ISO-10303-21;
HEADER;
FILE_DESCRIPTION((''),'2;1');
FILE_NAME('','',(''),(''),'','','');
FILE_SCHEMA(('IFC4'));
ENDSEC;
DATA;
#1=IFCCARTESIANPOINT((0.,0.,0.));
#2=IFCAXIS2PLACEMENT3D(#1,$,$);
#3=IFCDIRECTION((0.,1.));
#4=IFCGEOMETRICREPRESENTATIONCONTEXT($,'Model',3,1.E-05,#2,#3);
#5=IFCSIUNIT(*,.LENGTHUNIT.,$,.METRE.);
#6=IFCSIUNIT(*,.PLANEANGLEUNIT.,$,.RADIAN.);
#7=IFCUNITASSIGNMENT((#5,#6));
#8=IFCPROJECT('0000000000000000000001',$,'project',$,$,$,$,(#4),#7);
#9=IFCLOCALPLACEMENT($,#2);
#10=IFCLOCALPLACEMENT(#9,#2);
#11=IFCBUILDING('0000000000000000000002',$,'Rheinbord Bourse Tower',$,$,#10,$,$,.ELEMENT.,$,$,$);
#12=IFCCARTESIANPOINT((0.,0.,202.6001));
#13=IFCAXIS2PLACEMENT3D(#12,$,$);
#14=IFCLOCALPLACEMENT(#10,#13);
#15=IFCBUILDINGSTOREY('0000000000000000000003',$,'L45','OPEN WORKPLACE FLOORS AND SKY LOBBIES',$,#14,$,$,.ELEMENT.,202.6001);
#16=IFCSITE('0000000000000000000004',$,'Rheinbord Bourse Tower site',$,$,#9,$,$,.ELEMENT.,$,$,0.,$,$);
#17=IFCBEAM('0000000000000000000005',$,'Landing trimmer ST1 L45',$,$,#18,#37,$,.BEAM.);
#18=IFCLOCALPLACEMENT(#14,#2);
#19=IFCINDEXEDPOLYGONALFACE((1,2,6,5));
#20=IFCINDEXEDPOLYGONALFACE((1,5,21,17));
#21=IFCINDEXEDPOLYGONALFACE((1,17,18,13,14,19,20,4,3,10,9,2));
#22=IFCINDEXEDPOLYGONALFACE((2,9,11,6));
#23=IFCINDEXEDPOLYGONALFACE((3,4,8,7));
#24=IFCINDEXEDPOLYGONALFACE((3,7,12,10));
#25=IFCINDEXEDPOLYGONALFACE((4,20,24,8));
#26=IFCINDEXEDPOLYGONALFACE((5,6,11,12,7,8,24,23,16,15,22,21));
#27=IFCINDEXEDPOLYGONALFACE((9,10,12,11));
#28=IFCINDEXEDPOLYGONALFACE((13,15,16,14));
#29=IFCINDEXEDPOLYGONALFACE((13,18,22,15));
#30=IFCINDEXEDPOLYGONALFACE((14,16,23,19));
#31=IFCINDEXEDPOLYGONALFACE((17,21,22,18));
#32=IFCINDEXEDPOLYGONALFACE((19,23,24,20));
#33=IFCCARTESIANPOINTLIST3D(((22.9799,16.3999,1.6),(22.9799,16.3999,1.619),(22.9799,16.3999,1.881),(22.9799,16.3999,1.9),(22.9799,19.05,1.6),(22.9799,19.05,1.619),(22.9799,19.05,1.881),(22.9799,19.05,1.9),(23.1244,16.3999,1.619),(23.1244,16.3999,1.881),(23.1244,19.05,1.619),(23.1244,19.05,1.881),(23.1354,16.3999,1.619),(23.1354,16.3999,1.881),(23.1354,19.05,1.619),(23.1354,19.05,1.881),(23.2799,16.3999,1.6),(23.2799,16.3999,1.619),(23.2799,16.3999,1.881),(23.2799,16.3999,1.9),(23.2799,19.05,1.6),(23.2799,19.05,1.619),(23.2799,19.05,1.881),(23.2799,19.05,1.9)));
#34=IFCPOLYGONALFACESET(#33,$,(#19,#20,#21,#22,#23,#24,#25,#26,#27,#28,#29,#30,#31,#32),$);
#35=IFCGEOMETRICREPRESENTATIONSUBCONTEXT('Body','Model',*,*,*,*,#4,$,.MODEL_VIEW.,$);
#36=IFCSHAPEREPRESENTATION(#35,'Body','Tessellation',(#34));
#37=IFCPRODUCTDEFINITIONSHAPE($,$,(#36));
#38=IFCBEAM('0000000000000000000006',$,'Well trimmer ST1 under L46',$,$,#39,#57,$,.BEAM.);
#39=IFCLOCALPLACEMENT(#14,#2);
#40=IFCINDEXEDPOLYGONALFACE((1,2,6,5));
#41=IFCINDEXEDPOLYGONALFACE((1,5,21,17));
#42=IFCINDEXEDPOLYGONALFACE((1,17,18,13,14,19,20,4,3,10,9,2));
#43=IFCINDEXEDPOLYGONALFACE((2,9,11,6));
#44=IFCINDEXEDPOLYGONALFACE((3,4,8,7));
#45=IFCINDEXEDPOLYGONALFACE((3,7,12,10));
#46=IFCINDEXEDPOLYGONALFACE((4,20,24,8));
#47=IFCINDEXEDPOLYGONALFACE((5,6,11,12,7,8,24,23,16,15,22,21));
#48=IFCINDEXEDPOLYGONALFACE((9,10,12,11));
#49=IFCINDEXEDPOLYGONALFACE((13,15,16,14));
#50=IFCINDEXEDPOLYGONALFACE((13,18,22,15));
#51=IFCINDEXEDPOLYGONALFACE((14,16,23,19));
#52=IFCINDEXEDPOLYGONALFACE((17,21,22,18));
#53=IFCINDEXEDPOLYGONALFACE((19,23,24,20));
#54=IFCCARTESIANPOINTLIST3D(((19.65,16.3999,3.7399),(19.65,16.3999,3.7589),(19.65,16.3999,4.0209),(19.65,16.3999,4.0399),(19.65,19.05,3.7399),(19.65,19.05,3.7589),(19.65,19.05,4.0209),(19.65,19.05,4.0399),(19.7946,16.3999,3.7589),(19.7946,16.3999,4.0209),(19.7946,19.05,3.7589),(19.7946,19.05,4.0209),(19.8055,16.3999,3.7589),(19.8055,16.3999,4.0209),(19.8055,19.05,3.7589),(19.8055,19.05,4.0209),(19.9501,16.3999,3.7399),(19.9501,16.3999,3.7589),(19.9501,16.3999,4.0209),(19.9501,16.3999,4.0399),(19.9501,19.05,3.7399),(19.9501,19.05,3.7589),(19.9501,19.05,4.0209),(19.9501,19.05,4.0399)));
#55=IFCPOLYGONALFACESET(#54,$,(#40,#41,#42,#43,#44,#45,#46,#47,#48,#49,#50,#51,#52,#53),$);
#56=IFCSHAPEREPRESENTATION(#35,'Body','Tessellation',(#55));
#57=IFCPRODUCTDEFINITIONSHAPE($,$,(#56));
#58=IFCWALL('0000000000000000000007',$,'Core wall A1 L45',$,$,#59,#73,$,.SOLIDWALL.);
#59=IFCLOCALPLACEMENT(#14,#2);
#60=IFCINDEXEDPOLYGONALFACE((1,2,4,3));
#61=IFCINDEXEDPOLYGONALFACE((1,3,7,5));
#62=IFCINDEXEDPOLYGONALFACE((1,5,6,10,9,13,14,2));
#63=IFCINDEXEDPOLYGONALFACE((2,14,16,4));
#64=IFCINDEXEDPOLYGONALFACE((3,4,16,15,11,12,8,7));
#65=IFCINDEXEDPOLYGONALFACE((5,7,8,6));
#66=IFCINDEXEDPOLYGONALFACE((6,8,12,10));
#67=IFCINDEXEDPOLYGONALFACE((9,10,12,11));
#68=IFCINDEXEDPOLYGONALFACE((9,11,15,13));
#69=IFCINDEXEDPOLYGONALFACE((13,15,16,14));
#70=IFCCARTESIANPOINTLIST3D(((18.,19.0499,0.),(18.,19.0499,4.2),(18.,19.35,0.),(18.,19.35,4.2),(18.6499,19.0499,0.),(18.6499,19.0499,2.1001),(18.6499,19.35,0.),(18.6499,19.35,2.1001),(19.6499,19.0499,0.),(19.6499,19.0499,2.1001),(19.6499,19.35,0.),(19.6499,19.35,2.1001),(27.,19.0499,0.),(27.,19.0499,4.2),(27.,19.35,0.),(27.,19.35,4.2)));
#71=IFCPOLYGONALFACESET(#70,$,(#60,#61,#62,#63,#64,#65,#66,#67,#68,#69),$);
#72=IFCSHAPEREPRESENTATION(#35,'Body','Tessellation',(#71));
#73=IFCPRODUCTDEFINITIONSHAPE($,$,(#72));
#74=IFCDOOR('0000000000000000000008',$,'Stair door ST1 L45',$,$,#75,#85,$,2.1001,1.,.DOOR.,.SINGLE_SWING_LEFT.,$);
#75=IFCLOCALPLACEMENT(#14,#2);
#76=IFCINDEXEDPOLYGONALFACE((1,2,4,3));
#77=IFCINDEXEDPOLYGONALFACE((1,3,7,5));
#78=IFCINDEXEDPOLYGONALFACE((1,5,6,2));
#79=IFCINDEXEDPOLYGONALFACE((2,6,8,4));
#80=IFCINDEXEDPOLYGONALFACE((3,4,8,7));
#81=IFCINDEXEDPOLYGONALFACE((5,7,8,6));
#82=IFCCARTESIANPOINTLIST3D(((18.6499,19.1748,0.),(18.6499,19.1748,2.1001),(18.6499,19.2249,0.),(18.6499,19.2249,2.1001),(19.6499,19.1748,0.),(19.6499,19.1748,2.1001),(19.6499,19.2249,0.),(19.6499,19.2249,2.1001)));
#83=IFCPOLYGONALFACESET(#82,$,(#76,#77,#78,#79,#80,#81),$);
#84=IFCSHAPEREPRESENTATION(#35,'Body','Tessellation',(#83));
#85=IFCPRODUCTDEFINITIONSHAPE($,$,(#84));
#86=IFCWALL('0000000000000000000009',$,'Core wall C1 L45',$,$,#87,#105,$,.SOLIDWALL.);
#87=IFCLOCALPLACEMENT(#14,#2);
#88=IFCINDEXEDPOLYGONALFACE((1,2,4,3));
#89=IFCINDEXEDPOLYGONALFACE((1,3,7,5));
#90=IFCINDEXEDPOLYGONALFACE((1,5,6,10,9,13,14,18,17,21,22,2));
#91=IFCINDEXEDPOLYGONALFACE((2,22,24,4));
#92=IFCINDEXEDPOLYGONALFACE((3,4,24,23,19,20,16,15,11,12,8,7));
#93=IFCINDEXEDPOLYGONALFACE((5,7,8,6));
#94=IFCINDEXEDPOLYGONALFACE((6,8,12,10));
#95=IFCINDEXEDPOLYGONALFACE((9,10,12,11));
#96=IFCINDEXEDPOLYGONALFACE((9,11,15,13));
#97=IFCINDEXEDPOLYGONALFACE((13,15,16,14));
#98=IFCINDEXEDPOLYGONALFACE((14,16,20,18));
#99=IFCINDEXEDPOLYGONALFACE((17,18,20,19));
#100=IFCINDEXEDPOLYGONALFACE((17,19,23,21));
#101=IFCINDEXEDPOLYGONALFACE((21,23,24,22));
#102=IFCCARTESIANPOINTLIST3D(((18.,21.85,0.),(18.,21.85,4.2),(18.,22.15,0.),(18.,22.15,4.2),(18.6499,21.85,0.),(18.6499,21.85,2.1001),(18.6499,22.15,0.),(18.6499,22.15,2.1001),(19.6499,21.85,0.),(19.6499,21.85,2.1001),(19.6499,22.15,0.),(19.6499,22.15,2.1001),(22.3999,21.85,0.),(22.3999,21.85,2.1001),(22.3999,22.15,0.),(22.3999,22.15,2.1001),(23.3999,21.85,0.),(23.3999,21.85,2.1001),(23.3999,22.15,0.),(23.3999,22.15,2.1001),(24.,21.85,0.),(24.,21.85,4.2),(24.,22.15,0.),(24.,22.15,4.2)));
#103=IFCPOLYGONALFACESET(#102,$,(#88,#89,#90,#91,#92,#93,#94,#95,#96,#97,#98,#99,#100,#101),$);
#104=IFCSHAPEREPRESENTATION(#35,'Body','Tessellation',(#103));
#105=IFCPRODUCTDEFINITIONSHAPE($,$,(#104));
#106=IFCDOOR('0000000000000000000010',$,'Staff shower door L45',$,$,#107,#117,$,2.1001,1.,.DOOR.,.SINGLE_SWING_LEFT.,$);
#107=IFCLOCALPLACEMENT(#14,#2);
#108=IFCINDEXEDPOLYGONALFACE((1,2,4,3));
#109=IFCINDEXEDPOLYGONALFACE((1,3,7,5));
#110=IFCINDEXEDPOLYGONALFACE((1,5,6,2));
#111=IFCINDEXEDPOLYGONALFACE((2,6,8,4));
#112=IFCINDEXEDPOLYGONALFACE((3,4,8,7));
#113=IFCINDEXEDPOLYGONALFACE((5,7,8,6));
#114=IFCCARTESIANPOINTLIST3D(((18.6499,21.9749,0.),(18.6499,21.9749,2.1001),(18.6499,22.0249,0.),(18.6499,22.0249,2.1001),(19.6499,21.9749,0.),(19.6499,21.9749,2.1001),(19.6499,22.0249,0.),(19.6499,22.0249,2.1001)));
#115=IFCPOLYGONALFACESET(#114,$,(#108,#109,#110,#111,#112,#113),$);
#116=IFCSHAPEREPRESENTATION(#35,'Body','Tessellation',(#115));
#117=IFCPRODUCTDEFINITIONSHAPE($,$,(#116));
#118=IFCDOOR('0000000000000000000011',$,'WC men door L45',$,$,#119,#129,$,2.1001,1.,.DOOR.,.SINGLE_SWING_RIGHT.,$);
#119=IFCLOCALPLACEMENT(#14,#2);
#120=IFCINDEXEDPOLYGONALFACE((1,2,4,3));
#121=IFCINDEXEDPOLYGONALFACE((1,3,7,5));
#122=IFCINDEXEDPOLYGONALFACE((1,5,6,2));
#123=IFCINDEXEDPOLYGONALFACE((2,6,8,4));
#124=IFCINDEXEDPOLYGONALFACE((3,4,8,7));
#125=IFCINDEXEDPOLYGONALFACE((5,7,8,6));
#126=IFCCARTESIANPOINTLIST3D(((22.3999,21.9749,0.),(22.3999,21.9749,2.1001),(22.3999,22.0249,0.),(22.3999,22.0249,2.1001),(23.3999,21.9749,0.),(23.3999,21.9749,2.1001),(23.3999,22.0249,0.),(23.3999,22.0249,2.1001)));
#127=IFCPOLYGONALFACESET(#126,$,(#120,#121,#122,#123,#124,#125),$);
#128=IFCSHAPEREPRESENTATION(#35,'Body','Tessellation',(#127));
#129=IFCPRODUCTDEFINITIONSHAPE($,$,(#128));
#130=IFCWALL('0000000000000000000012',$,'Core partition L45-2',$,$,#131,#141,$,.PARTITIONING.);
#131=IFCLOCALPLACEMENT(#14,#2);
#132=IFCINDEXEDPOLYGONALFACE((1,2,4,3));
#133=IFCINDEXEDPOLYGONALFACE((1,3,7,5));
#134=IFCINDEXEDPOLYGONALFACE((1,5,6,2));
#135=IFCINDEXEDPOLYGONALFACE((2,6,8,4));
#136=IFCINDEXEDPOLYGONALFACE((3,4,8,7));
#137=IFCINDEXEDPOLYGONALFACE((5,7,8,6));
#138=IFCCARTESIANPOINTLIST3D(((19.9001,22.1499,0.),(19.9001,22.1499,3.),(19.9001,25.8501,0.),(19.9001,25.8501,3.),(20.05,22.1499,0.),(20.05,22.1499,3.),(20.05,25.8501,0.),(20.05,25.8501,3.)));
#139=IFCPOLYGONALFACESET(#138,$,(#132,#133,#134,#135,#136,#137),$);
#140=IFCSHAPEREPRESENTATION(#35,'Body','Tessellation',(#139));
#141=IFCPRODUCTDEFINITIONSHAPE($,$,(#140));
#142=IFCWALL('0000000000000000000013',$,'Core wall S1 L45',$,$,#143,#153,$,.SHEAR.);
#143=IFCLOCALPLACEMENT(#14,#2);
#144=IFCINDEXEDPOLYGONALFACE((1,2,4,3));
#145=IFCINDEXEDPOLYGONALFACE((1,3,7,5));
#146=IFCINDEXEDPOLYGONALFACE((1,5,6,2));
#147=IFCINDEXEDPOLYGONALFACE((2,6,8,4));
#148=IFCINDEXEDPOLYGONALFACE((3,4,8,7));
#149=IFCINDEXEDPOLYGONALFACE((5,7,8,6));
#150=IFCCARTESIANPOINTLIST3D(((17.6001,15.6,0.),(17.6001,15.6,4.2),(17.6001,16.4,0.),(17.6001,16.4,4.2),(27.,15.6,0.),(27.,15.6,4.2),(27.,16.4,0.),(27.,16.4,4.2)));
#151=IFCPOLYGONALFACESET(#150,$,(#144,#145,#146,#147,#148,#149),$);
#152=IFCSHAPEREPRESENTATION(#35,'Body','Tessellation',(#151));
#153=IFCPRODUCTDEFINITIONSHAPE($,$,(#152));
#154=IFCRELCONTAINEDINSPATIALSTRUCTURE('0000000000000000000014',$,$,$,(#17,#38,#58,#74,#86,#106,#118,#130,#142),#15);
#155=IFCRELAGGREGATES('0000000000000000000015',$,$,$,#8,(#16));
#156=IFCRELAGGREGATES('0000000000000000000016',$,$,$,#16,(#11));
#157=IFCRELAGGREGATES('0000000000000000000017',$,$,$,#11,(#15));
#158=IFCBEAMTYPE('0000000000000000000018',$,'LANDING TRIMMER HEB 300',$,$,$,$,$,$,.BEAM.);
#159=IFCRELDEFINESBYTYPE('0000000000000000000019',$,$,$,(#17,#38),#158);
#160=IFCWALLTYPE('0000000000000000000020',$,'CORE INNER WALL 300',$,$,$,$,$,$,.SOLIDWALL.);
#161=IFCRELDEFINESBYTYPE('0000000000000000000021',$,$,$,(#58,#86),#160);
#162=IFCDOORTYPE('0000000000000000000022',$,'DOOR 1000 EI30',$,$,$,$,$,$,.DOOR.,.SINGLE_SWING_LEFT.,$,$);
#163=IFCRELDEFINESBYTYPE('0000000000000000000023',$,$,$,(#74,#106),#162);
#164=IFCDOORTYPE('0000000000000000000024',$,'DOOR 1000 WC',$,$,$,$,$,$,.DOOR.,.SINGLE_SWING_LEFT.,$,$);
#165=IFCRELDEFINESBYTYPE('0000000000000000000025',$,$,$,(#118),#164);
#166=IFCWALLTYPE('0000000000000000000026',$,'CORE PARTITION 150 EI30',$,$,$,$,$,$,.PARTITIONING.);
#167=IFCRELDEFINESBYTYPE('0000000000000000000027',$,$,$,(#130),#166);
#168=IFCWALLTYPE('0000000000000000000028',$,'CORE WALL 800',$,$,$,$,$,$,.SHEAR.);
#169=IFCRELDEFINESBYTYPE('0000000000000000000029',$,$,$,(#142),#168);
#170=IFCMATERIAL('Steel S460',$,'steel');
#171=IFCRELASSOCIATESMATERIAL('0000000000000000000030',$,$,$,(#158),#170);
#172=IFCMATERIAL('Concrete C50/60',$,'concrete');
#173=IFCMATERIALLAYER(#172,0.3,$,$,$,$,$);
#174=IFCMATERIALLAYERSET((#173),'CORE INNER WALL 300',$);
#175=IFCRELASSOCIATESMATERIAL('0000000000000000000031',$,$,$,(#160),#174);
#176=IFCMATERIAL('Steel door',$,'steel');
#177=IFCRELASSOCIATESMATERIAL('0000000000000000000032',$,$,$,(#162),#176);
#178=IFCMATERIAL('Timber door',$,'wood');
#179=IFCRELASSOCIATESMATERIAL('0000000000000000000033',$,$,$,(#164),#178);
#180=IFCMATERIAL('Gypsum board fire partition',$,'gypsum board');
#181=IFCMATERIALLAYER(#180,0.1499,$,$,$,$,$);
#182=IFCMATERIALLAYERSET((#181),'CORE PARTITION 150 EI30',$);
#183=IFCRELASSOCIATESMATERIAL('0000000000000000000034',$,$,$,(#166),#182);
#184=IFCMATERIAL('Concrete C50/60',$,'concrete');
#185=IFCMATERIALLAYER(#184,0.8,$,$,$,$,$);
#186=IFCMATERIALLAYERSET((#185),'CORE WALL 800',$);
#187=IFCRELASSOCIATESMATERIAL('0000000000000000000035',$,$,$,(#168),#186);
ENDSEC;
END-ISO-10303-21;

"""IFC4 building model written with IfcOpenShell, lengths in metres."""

from ifc_helpers import new_model, si_unit, direction, frame, frame_2d, origin, origin_2d, place, context, subcontext, project, spatial, rectangle, i_section, extrude, material, layer, layer_set, material_profile, profile_set, type_object, element, fill, save


model = new_model("IFC4")

# Units and contexts
model_context = context("Model", 3, precision=1e-05, world=origin(), true_north=direction((0.0, 1.0)))
body_context = subcontext(model_context, "Body", "Model", "MODEL_VIEW")
ifc_project = project(units=[si_unit("LENGTHUNIT", "METRE"), si_unit("PLANEANGLEUNIT", "RADIAN")], contexts=[model_context])

# Site, building, storey
site_placement = place(None, origin())
site = spatial("IfcSite", under=ifc_project, at=site_placement, Name="Rheinbord Bourse Tower site", CompositionType="ELEMENT", RefElevation=0.0)
building_placement = place(site_placement, origin())
building = spatial("IfcBuilding", under=site, at=building_placement, Name="Rheinbord Bourse Tower", CompositionType="ELEMENT")
storey_placement = place(building_placement, frame((0.0, 0.0, 202.6001)))
storey = spatial("IfcBuildingStorey", under=building, at=storey_placement, Name="L45", Description="OPEN WORKPLACE FLOORS AND SKY LOBBIES", CompositionType="ELEMENT", Elevation=202.6001)

# Beams
ifc_material_1 = material(Name="Steel S460", Category="steel")
ifc_material_profile = material_profile(ifc_material_1, i_section(OverallWidth=0.3, OverallDepth=0.3, WebThickness=0.011, FlangeThickness=0.019, at=origin_2d()), Name="HEB 300")
ifc_profile_set = profile_set([ifc_material_profile], Name="Steel S460")
beam_type = type_object("IfcBeamType", Name="LANDING TRIMMER HEB 300", PredefinedType="BEAM", material=ifc_profile_set)
for number, where, z_axis, x_axis, name in (
    (1, (23.1299, 16.3999, 1.75), (0.0, 1.0, 0.0), (-1.0, 0.0, 0.0), "Landing trimmer ST1 L45"),
    (2, (19.8, 16.3999, 3.8899), (0.0, 1.0, 0.0), (-1.0, 0.0, 0.0), "Well trimmer ST1 under L46"),
):
    element("IfcBeam", number, at=place(storey_placement, frame(where, z_axis=z_axis, x_axis=x_axis)), inside=storey, type_object=beam_type, Name=name, PredefinedType="BEAM", context=body_context, shape_type="SweptSolid", body=[
        extrude(i_section(OverallWidth=0.3, OverallDepth=0.3, WebThickness=0.011, FlangeThickness=0.019, at=origin_2d()), origin(), (0.0, 0.0, 1.0), 2.6501),
    ])

# Wall, opening, door
ifc_material_2 = material(Name="Concrete C50/60", Category="concrete")
ifc_layer_1 = layer(ifc_material_2, 0.3)
ifc_layer_set_1 = layer_set([ifc_layer_1], Name="CORE INNER WALL 300")
wall_type_1 = type_object("IfcWallType", Name="CORE INNER WALL 300", PredefinedType="SOLIDWALL", material=ifc_layer_set_1)
wall_1_placement = place(storey_placement, frame((18.0, 19.2, 0.0), z_axis=(0.0, 0.0, 1.0), x_axis=(1.0, 0.0, 0.0)))
wall_1 = element("IfcWall", 3, at=wall_1_placement, inside=storey, type_object=wall_type_1, Name="Core wall A1 L45", PredefinedType="SOLIDWALL", context=body_context, shape_type="SweptSolid", body=[
    extrude(rectangle(XDim=9.0, YDim=0.3, at=frame_2d((4.5, 0.0))), origin(), (0.0, 0.0, 1.0), 4.2),
])
opening_1_placement = place(wall_1_placement, frame((0.6499, 0.0, 0.0)))
opening_1 = element("IfcOpeningElement", 4, at=opening_1_placement, cuts=wall_1, PredefinedType="OPENING", context=body_context, shape_type="SweptSolid", body=[
    extrude(rectangle(XDim=1.0, YDim=2.1001, at=frame_2d((0.5, 1.05))), frame((0.0, 0.1599, 0.0), z_axis=(0.0, -1.0, 0.0), x_axis=(1.0, 0.0, 0.0)), (0.0, 0.0, 1.0), 0.3201),
])
ifc_material_3 = material(Name="Steel door", Category="steel")
door_type_1 = type_object("IfcDoorType", Name="DOOR 1000 EI30", OperationType="SINGLE_SWING_LEFT", PredefinedType="DOOR", material=ifc_material_3)
door_1_placement = place(opening_1_placement, origin())
door_1 = element("IfcDoor", 5, at=door_1_placement, inside=storey, type_object=door_type_1, Name="Stair door ST1 L45", OperationType="SINGLE_SWING_LEFT", OverallHeight=2.1001, OverallWidth=1.0, PredefinedType="DOOR", context=body_context, shape_type="SweptSolid", body=[
    extrude(rectangle(XDim=1.0, YDim=2.1001, at=frame_2d((0.5, 1.05))), frame((0.0, 0.0249, 0.0), z_axis=(0.0, -1.0, 0.0), x_axis=(1.0, 0.0, 0.0)), (0.0, 0.0, 1.0), 0.05),
])
fill(opening_1, door_1)

# Wall, openings, doors
wall_2_placement = place(storey_placement, frame((18.0, 22.0, 0.0), z_axis=(0.0, 0.0, 1.0), x_axis=(1.0, 0.0, 0.0)))
wall_2 = element("IfcWall", 6, at=wall_2_placement, inside=storey, type_object=wall_type_1, Name="Core wall C1 L45", PredefinedType="SOLIDWALL", context=body_context, shape_type="SweptSolid", body=[
    extrude(rectangle(XDim=6.0, YDim=0.3, at=frame_2d((3.0, 0.0))), origin(), (0.0, 0.0, 1.0), 4.2),
])
opening_2_placement = place(wall_2_placement, frame((4.3999, 0.0, 0.0)))
opening_2 = element("IfcOpeningElement", 7, at=opening_2_placement, cuts=wall_2, PredefinedType="OPENING", context=body_context, shape_type="SweptSolid", body=[
    extrude(rectangle(XDim=1.0, YDim=2.1001, at=frame_2d((0.5, 1.05))), frame((0.0, 0.1599, 0.0), z_axis=(0.0, -1.0, 0.0), x_axis=(1.0, 0.0, 0.0)), (0.0, 0.0, 1.0), 0.3201),
])
opening_3_placement = place(wall_2_placement, frame((0.6499, 0.0, 0.0)))
opening_3 = element("IfcOpeningElement", 8, at=opening_3_placement, cuts=wall_2, PredefinedType="OPENING", context=body_context, shape_type="SweptSolid", body=[
    extrude(rectangle(XDim=1.0, YDim=2.1001, at=frame_2d((0.5, 1.05))), frame((0.0, 0.1599, 0.0), z_axis=(0.0, -1.0, 0.0), x_axis=(1.0, 0.0, 0.0)), (0.0, 0.0, 1.0), 0.3201),
])
door_2_placement = place(opening_3_placement, origin())
door_2 = element("IfcDoor", 9, at=door_2_placement, inside=storey, type_object=door_type_1, Name="Staff shower door L45", OperationType="SINGLE_SWING_LEFT", OverallHeight=2.1001, OverallWidth=1.0, PredefinedType="DOOR", context=body_context, shape_type="SweptSolid", body=[
    extrude(rectangle(XDim=1.0, YDim=2.1001, at=frame_2d((0.5, 1.05))), frame((0.0, 0.0249, 0.0), z_axis=(0.0, -1.0, 0.0), x_axis=(1.0, 0.0, 0.0)), (0.0, 0.0, 1.0), 0.05),
])
fill(opening_3, door_2)
ifc_material_4 = material(Name="Timber door", Category="wood")
door_type_2 = type_object("IfcDoorType", Name="DOOR 1000 WC", OperationType="SINGLE_SWING_LEFT", PredefinedType="DOOR", material=ifc_material_4)
door_3_placement = place(opening_2_placement, origin())
door_3 = element("IfcDoor", 10, at=door_3_placement, inside=storey, type_object=door_type_2, Name="WC men door L45", OperationType="SINGLE_SWING_RIGHT", OverallHeight=2.1001, OverallWidth=1.0, PredefinedType="DOOR", context=body_context, shape_type="SweptSolid", body=[
    extrude(rectangle(XDim=1.0, YDim=2.1001, at=frame_2d((0.5, 1.05))), frame((0.0, 0.0249, 0.0), z_axis=(0.0, -1.0, 0.0), x_axis=(1.0, 0.0, 0.0)), (0.0, 0.0, 1.0), 0.05),
])
fill(opening_2, door_3)

# Walls
ifc_material_5 = material(Name="Gypsum board fire partition", Category="gypsum board")
ifc_layer_2 = layer(ifc_material_5, 0.1499)
ifc_layer_set_2 = layer_set([ifc_layer_2], Name="CORE PARTITION 150 EI30")
wall_type_2 = type_object("IfcWallType", Name="CORE PARTITION 150 EI30", PredefinedType="PARTITIONING", material=ifc_layer_set_2)
wall_3_placement = place(storey_placement, frame((19.9751, 22.1499, 0.0), z_axis=(0.0, 0.0, 1.0), x_axis=(0.0, 1.0, 0.0)))
element("IfcWall", 11, at=wall_3_placement, inside=storey, type_object=wall_type_2, Name="Core partition L45-2", PredefinedType="PARTITIONING", context=body_context, shape_type="SweptSolid", body=[
    extrude(rectangle(XDim=3.7002, YDim=0.1499, at=frame_2d((1.8501, 0.0))), origin(), (0.0, 0.0, 1.0), 3.0),
])
ifc_material_6 = material(Name="Concrete C50/60", Category="concrete")
ifc_layer_3 = layer(ifc_material_6, 0.8)
ifc_layer_set_3 = layer_set([ifc_layer_3], Name="CORE WALL 800")
wall_type_3 = type_object("IfcWallType", Name="CORE WALL 800", PredefinedType="SHEAR", material=ifc_layer_set_3)
wall_4_placement = place(storey_placement, frame((17.6001, 16.0, 0.0), z_axis=(0.0, 0.0, 1.0), x_axis=(1.0, 0.0, 0.0)))
element("IfcWall", 12, at=wall_4_placement, inside=storey, type_object=wall_type_3, Name="Core wall S1 L45", PredefinedType="SHEAR", context=body_context, shape_type="SweptSolid", body=[
    extrude(rectangle(XDim=9.3999, YDim=0.8, at=frame_2d((4.7, 0.0))), origin(), (0.0, 0.0, 1.0), 4.2),
])

save(model, "model.ifc")
